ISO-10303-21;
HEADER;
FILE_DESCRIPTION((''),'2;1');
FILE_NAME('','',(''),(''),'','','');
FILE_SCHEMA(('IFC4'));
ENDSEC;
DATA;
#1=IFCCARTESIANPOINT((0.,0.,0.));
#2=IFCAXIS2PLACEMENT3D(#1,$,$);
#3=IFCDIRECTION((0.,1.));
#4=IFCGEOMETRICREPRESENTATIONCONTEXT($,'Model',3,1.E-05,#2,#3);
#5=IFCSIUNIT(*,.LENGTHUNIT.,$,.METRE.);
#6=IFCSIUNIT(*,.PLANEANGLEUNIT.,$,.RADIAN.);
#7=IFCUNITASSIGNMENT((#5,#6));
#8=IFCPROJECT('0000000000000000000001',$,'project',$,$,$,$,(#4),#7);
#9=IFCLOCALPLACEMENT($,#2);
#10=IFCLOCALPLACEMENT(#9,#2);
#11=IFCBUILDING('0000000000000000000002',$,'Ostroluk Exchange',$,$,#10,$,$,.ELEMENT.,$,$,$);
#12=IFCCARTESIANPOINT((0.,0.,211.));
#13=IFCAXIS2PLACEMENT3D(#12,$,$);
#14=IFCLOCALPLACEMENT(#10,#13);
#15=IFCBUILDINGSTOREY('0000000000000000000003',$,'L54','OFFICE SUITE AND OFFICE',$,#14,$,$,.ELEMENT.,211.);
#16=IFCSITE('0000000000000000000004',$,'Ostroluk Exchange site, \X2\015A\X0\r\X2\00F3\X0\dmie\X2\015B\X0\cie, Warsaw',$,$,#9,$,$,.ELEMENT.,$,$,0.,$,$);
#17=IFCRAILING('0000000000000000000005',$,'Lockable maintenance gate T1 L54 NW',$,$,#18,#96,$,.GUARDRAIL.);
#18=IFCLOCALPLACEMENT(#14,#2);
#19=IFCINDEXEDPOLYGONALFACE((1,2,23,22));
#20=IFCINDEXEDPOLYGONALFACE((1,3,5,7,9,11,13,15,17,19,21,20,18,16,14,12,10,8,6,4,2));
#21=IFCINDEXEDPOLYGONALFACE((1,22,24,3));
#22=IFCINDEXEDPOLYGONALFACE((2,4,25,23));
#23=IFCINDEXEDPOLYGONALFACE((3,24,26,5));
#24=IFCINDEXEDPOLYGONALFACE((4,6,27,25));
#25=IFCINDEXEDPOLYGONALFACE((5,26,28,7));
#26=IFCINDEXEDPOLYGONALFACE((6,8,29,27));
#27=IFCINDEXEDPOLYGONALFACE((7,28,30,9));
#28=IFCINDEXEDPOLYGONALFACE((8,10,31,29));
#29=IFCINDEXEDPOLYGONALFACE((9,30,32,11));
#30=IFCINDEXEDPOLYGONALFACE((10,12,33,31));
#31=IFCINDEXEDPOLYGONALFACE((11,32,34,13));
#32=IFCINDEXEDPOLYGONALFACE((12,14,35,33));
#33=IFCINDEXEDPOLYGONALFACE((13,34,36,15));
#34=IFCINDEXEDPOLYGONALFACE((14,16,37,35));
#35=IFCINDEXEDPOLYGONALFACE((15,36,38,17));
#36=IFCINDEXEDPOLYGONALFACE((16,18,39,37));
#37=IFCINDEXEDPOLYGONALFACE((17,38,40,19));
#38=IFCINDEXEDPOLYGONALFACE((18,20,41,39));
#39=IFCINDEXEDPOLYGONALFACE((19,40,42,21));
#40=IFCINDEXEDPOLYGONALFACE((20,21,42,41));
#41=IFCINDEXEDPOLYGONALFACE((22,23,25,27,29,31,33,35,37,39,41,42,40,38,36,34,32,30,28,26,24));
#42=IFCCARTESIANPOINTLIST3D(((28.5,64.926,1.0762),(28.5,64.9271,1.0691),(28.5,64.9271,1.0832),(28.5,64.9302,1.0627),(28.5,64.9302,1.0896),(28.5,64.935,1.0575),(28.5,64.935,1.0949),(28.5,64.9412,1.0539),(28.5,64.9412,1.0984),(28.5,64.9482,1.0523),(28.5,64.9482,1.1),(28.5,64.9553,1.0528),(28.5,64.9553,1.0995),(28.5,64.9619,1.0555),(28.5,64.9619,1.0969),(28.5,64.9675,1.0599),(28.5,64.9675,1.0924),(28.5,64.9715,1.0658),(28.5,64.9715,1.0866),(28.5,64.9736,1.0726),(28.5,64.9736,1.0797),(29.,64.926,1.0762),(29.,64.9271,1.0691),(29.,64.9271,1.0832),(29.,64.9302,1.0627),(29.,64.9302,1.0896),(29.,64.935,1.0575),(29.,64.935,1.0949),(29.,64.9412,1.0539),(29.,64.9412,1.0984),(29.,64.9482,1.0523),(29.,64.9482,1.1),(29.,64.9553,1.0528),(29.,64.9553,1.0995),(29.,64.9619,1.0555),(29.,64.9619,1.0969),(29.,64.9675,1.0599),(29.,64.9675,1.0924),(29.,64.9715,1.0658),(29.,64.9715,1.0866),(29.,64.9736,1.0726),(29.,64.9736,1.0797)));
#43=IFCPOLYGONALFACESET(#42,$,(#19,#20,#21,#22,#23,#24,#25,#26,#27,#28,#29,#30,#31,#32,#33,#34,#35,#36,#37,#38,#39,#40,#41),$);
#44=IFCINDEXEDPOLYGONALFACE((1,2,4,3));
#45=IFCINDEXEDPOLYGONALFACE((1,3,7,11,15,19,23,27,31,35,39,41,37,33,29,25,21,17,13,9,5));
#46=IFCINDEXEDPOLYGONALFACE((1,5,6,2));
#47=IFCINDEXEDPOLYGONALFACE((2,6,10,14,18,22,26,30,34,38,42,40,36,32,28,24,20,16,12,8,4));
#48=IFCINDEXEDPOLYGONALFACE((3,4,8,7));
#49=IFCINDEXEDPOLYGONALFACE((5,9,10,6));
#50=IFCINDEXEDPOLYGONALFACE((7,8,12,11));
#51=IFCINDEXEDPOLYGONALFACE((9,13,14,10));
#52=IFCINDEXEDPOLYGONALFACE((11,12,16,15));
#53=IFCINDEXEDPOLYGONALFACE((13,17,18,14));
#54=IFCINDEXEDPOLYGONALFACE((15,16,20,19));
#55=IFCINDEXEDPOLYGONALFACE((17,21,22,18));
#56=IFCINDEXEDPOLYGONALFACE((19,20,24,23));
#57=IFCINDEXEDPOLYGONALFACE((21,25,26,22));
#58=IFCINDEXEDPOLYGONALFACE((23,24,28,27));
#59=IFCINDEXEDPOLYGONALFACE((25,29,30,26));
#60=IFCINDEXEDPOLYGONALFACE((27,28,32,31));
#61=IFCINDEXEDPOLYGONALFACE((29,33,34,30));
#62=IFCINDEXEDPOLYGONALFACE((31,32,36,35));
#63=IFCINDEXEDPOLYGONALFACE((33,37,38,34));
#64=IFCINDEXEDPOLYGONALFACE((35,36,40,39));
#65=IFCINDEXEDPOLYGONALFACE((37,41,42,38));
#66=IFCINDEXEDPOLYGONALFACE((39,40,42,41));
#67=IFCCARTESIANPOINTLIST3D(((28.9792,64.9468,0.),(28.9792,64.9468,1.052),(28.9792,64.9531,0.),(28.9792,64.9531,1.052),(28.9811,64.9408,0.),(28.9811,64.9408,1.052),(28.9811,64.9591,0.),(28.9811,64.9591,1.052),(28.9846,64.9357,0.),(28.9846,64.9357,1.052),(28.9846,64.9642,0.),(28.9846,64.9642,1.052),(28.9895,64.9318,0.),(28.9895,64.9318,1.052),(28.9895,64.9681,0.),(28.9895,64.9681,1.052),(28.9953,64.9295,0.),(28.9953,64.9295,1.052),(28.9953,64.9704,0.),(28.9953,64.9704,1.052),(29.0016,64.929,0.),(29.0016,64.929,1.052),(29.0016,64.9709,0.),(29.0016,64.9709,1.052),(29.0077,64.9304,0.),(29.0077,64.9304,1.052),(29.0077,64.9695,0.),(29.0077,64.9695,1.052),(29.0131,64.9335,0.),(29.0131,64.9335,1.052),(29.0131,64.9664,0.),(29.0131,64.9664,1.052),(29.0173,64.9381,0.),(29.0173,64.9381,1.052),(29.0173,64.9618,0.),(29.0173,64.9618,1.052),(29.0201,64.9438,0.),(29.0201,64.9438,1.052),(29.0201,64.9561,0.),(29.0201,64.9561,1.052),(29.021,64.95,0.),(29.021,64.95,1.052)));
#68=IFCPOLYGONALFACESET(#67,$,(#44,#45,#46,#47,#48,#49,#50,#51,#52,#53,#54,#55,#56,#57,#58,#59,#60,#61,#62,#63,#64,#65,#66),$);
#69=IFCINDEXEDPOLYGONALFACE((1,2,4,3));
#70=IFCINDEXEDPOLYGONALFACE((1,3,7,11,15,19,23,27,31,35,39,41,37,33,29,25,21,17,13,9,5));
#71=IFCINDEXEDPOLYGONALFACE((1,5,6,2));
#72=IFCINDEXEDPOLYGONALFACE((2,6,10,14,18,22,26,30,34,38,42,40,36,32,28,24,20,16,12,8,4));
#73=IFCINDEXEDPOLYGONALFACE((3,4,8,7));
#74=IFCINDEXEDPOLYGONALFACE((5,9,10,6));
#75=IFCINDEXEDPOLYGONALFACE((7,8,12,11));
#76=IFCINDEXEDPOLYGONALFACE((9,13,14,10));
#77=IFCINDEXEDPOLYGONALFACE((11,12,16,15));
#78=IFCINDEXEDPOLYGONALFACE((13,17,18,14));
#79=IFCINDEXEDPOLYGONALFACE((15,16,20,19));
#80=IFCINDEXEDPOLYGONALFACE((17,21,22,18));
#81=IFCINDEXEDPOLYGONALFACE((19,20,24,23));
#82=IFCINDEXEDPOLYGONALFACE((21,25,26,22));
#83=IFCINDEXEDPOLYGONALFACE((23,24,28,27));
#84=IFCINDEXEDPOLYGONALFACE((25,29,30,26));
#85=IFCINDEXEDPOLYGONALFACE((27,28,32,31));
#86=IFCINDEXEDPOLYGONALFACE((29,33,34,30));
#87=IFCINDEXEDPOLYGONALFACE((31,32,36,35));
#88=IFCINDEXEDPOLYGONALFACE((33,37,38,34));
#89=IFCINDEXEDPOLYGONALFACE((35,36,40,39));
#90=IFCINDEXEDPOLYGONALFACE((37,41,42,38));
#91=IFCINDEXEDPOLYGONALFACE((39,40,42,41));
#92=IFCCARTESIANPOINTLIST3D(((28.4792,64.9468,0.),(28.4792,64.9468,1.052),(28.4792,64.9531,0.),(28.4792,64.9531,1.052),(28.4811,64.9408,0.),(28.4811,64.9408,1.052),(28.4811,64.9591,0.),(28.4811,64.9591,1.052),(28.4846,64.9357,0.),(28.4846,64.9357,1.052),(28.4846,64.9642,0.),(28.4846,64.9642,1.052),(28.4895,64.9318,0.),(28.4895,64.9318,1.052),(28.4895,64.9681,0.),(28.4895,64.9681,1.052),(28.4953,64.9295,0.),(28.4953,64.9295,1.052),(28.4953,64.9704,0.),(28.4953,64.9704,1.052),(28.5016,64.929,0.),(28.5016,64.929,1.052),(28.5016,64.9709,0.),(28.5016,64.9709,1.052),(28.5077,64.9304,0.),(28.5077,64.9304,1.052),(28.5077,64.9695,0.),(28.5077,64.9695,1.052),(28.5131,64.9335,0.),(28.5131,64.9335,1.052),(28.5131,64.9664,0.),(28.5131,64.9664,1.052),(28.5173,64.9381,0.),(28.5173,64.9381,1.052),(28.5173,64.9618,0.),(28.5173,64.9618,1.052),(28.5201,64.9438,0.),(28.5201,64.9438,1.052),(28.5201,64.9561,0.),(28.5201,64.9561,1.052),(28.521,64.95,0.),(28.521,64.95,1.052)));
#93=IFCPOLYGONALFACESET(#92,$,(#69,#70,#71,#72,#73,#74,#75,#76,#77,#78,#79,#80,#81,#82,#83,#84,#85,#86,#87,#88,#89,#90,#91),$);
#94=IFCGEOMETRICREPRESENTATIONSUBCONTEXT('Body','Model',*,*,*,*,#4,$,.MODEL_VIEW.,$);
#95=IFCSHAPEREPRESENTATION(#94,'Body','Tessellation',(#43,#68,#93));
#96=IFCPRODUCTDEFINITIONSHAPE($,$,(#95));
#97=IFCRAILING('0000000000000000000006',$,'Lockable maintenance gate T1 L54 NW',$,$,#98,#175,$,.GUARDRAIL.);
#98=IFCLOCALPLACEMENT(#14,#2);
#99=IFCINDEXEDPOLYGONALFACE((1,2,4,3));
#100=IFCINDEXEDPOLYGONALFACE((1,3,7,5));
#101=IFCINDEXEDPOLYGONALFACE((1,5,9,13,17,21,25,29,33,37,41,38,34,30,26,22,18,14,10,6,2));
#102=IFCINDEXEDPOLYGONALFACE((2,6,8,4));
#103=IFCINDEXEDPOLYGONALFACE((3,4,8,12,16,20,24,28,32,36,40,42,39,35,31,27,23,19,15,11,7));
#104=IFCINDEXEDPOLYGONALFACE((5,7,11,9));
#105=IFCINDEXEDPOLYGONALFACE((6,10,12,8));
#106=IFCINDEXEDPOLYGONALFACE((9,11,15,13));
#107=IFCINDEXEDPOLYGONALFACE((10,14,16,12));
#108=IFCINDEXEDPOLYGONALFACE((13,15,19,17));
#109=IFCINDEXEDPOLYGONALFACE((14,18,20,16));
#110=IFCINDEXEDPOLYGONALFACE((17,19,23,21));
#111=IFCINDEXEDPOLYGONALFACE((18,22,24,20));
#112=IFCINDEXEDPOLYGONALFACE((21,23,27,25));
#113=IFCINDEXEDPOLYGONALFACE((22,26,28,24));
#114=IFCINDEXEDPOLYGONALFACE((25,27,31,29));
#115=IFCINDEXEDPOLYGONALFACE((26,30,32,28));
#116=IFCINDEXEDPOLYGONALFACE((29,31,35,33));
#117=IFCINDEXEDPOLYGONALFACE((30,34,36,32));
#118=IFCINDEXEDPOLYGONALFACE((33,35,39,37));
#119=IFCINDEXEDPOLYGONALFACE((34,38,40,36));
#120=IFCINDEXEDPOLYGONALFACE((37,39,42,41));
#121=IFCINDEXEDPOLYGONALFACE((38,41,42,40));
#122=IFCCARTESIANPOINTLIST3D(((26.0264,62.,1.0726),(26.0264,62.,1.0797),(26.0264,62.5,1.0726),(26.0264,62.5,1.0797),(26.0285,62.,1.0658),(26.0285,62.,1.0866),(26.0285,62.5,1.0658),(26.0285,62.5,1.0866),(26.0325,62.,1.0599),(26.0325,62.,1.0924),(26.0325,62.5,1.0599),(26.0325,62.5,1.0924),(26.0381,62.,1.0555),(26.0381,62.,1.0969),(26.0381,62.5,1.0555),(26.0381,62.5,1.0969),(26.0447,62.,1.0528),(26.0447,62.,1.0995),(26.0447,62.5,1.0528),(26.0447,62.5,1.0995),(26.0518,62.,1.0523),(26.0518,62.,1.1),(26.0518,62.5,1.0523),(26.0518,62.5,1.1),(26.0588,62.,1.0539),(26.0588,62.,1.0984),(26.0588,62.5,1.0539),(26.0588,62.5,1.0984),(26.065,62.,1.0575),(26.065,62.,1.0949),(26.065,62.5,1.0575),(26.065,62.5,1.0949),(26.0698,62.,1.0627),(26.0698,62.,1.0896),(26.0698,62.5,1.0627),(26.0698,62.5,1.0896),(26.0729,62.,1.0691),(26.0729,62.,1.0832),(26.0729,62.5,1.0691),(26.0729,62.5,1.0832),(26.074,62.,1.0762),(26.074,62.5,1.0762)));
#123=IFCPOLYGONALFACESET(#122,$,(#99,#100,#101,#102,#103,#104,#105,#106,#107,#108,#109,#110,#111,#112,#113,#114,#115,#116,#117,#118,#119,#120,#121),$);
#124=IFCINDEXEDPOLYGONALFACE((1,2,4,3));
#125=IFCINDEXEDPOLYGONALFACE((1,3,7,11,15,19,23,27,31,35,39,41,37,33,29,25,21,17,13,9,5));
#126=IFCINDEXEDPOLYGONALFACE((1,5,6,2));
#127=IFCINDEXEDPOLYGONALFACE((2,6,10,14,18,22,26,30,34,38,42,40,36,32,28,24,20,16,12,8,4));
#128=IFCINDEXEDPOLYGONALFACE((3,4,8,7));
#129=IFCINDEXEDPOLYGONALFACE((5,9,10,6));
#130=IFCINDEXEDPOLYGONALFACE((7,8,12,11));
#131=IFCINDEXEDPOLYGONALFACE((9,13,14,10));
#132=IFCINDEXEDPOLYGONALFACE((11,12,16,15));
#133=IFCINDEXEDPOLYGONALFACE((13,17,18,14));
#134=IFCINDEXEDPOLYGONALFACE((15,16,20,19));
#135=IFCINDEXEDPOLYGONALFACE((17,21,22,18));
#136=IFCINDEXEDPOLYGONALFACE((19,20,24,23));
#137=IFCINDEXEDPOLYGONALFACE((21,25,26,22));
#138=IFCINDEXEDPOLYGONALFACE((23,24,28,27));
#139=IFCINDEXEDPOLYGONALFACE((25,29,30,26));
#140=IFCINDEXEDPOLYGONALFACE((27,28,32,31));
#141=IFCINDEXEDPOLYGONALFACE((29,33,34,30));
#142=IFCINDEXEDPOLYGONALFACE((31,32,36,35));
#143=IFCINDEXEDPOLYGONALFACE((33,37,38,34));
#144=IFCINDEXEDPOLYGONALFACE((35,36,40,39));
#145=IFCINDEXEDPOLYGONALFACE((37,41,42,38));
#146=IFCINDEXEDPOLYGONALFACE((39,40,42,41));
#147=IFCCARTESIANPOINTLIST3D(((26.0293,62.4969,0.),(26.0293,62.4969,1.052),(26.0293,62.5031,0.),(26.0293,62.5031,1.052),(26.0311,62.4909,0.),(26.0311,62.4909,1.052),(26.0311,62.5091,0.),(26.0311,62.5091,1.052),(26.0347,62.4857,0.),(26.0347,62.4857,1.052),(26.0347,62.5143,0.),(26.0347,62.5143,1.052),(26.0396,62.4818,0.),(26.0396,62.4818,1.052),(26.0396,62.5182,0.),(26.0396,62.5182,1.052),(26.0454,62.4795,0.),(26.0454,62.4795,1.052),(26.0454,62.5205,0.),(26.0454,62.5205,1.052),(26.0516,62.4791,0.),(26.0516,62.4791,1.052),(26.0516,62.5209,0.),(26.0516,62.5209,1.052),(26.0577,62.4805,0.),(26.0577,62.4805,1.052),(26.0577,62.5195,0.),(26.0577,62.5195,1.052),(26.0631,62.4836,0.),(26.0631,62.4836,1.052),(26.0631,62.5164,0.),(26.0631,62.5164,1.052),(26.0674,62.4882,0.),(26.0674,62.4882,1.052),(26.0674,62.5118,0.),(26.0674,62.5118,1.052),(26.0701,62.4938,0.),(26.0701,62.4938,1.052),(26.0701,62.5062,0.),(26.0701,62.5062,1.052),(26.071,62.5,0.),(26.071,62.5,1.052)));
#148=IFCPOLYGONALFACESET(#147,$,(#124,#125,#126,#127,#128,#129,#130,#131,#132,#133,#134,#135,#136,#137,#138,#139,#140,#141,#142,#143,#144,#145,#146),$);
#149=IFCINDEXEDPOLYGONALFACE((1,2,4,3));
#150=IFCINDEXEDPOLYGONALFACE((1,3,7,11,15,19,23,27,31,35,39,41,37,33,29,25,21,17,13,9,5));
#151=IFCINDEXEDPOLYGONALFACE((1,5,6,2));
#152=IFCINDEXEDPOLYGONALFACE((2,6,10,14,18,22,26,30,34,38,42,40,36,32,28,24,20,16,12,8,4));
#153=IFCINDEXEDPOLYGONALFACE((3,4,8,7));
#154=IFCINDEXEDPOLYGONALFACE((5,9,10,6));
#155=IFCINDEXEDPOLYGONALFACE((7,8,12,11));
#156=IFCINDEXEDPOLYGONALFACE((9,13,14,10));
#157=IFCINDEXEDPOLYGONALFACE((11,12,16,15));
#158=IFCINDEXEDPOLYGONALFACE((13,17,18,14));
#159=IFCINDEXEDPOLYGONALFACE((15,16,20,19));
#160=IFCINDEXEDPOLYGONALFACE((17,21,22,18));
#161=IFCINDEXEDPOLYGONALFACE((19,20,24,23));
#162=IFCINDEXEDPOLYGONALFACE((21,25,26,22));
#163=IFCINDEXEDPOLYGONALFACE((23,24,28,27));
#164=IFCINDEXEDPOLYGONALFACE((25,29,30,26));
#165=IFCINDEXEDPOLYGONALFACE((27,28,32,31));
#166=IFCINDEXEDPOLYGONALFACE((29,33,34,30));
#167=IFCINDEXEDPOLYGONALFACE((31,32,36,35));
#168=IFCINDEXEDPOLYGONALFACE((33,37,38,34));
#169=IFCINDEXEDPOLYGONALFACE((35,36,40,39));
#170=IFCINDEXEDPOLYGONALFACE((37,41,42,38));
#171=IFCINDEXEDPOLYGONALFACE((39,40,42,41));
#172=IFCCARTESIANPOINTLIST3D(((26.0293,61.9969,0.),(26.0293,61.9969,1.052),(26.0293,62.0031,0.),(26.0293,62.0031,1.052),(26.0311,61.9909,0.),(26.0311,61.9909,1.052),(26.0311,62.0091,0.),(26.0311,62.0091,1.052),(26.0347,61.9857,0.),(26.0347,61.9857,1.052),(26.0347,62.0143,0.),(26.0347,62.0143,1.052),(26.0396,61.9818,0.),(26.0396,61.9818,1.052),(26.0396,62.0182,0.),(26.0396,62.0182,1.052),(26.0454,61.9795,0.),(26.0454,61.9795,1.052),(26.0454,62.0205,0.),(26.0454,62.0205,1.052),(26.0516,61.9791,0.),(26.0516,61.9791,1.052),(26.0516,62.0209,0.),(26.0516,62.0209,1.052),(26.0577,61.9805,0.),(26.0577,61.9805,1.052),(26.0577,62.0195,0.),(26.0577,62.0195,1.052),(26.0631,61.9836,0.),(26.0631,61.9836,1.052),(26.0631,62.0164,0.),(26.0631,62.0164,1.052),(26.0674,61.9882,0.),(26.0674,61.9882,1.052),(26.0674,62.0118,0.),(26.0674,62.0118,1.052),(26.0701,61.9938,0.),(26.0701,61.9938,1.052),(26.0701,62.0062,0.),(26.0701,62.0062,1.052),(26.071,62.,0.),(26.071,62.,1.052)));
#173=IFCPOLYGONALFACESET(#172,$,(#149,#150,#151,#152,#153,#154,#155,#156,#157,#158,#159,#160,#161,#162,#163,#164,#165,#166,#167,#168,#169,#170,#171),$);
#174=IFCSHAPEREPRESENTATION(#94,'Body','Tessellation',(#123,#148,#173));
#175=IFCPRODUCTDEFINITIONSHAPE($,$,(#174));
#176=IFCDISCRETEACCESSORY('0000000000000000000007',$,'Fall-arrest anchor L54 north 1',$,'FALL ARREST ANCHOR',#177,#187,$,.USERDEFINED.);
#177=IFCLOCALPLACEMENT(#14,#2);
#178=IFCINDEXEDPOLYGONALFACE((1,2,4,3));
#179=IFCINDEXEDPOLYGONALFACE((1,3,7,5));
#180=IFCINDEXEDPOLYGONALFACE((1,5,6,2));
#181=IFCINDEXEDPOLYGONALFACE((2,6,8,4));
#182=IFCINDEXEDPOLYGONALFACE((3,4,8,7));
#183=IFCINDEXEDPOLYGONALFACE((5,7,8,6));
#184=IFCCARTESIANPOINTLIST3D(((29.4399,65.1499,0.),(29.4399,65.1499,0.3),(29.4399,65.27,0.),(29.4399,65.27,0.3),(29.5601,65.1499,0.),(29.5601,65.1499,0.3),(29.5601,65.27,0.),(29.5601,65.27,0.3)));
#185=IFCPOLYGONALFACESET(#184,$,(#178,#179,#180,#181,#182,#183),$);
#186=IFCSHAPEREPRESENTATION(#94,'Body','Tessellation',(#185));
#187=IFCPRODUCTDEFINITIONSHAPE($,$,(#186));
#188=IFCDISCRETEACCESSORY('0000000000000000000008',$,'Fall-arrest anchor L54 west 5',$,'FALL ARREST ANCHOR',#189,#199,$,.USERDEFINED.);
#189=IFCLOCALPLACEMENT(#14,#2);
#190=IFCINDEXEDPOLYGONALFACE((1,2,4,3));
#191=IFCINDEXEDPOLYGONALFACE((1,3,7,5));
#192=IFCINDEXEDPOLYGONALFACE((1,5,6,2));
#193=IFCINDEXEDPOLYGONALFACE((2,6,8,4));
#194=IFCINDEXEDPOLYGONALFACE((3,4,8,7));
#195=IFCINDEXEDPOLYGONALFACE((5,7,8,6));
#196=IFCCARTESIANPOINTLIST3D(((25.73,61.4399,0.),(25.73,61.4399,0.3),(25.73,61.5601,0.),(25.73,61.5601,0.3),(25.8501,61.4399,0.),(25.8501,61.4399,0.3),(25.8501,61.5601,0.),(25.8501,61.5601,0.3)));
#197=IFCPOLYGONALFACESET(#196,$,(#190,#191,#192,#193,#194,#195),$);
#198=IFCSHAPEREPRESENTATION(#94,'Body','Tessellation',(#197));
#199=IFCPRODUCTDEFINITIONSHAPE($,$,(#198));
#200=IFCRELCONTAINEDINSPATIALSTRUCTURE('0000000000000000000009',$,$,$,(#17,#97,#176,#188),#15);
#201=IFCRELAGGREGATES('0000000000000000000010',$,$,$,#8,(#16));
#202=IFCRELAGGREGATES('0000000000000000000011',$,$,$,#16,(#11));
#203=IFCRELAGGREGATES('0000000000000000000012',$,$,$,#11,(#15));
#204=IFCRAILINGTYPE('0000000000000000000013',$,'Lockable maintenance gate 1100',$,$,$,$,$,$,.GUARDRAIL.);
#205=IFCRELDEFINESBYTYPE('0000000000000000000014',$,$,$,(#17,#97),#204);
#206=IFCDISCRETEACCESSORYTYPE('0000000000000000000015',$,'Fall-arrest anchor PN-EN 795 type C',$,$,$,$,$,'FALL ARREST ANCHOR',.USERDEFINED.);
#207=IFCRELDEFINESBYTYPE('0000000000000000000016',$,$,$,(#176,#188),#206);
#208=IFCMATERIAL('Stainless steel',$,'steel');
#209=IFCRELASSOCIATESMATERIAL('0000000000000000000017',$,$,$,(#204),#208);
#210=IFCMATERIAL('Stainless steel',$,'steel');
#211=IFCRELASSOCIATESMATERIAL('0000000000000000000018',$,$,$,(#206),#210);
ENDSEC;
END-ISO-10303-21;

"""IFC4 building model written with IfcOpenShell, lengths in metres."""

from ifc_helpers import new_model, si_unit, direction, frame, origin, origin_2d, place, context, subcontext, project, spatial, rectangle, circle, extrude, material, type_object, element, save


model = new_model("IFC4")

# Units and contexts
model_context = context("Model", 3, precision=1e-05, world=origin(), true_north=direction((0.0, 1.0)))
body_context = subcontext(model_context, "Body", "Model", "MODEL_VIEW")
ifc_project = project(units=[si_unit("LENGTHUNIT", "METRE"), si_unit("PLANEANGLEUNIT", "RADIAN")], contexts=[model_context])

# Site, building, storey
site_placement = place(None, origin())
site = spatial("IfcSite", under=ifc_project, at=site_placement, Name="Ostroluk Exchange site, Śródmieście, Warsaw", CompositionType="ELEMENT", RefElevation=0.0)
building_placement = place(site_placement, origin())
building = spatial("IfcBuilding", under=site, at=building_placement, Name="Ostroluk Exchange", CompositionType="ELEMENT")
storey_placement = place(building_placement, frame((0.0, 0.0, 211.0)))
storey = spatial("IfcBuildingStorey", under=building, at=storey_placement, Name="L54", Description="OFFICE SUITE AND OFFICE", CompositionType="ELEMENT", Elevation=211.0)

# Railings
ifc_material_1 = material(Name="Stainless steel", Category="steel")
railing_type_1 = type_object("IfcRailingType", Name="Lockable maintenance gate 1100", PredefinedType="GUARDRAIL", material=ifc_material_1)
railing_1_placement = place(storey_placement, frame((29.0, 64.95, 0.0)))
element("IfcRailing", 1, at=railing_1_placement, inside=storey, type_object=railing_type_1, Name="Lockable maintenance gate T1 L54 NW", PredefinedType="GUARDRAIL", context=body_context, shape_type="SweptSolid", body=[
    extrude(circle(Radius=0.0239, at=origin_2d()), frame((0.0, 0.0, 1.0762), z_axis=(-1.0, 0.0, 0.0), x_axis=(0.0, -1.0, 0.0)), (0.0, 0.0, 1.0), 0.5),
    extrude(circle(Radius=0.021, at=origin_2d()), origin(), (0.0, 0.0, 1.0), 1.052),
    extrude(circle(Radius=0.021, at=origin_2d()), frame((-0.5, 0.0, 0.0)), (0.0, 0.0, 1.0), 1.052),
])
railing_2_placement = place(storey_placement, frame((26.05, 62.5, 0.0)))
element("IfcRailing", 2, at=railing_2_placement, inside=storey, type_object=railing_type_1, Name="Lockable maintenance gate T1 L54 NW", PredefinedType="GUARDRAIL", context=body_context, shape_type="SweptSolid", body=[
    extrude(circle(Radius=0.0239, at=origin_2d()), frame((0.0, 0.0, 1.0762), z_axis=(0.0, -1.0, 0.0), x_axis=(1.0, 0.0, 0.0)), (0.0, 0.0, 1.0), 0.5),
    extrude(circle(Radius=0.021, at=origin_2d()), origin(), (0.0, 0.0, 1.0), 1.052),
    extrude(circle(Radius=0.021, at=origin_2d()), frame((0.0, -0.5, 0.0)), (0.0, 0.0, 1.0), 1.052),
])

# Discrete accessories
ifc_material_2 = material(Name="Stainless steel", Category="steel")
discrete_accessory_type = type_object("IfcDiscreteAccessoryType", Name="Fall-arrest anchor PN-EN 795 type C", ElementType="FALL ARREST ANCHOR", PredefinedType="USERDEFINED", material=ifc_material_2)
for number, where, z_axis, x_axis, name in (
    (3, (29.5, 65.21, 0.0), (0.0, 0.0, 1.0), (1.0, 0.0, 0.0), "Fall-arrest anchor L54 north 1"),
    (4, (25.79, 61.5, 0.0), (0.0, 0.0, 1.0), (1.0, 0.0, 0.0), "Fall-arrest anchor L54 west 5"),
):
    element("IfcDiscreteAccessory", number, at=place(storey_placement, frame(where, z_axis=z_axis, x_axis=x_axis)), inside=storey, type_object=discrete_accessory_type, Name=name, ObjectType="FALL ARREST ANCHOR", PredefinedType="USERDEFINED", context=body_context, shape_type="SweptSolid", body=[
        extrude(rectangle(XDim=0.1201, YDim=0.1201, at=origin_2d()), origin(), (0.0, 0.0, 1.0), 0.3),
    ])

save(model, "model.ifc")
